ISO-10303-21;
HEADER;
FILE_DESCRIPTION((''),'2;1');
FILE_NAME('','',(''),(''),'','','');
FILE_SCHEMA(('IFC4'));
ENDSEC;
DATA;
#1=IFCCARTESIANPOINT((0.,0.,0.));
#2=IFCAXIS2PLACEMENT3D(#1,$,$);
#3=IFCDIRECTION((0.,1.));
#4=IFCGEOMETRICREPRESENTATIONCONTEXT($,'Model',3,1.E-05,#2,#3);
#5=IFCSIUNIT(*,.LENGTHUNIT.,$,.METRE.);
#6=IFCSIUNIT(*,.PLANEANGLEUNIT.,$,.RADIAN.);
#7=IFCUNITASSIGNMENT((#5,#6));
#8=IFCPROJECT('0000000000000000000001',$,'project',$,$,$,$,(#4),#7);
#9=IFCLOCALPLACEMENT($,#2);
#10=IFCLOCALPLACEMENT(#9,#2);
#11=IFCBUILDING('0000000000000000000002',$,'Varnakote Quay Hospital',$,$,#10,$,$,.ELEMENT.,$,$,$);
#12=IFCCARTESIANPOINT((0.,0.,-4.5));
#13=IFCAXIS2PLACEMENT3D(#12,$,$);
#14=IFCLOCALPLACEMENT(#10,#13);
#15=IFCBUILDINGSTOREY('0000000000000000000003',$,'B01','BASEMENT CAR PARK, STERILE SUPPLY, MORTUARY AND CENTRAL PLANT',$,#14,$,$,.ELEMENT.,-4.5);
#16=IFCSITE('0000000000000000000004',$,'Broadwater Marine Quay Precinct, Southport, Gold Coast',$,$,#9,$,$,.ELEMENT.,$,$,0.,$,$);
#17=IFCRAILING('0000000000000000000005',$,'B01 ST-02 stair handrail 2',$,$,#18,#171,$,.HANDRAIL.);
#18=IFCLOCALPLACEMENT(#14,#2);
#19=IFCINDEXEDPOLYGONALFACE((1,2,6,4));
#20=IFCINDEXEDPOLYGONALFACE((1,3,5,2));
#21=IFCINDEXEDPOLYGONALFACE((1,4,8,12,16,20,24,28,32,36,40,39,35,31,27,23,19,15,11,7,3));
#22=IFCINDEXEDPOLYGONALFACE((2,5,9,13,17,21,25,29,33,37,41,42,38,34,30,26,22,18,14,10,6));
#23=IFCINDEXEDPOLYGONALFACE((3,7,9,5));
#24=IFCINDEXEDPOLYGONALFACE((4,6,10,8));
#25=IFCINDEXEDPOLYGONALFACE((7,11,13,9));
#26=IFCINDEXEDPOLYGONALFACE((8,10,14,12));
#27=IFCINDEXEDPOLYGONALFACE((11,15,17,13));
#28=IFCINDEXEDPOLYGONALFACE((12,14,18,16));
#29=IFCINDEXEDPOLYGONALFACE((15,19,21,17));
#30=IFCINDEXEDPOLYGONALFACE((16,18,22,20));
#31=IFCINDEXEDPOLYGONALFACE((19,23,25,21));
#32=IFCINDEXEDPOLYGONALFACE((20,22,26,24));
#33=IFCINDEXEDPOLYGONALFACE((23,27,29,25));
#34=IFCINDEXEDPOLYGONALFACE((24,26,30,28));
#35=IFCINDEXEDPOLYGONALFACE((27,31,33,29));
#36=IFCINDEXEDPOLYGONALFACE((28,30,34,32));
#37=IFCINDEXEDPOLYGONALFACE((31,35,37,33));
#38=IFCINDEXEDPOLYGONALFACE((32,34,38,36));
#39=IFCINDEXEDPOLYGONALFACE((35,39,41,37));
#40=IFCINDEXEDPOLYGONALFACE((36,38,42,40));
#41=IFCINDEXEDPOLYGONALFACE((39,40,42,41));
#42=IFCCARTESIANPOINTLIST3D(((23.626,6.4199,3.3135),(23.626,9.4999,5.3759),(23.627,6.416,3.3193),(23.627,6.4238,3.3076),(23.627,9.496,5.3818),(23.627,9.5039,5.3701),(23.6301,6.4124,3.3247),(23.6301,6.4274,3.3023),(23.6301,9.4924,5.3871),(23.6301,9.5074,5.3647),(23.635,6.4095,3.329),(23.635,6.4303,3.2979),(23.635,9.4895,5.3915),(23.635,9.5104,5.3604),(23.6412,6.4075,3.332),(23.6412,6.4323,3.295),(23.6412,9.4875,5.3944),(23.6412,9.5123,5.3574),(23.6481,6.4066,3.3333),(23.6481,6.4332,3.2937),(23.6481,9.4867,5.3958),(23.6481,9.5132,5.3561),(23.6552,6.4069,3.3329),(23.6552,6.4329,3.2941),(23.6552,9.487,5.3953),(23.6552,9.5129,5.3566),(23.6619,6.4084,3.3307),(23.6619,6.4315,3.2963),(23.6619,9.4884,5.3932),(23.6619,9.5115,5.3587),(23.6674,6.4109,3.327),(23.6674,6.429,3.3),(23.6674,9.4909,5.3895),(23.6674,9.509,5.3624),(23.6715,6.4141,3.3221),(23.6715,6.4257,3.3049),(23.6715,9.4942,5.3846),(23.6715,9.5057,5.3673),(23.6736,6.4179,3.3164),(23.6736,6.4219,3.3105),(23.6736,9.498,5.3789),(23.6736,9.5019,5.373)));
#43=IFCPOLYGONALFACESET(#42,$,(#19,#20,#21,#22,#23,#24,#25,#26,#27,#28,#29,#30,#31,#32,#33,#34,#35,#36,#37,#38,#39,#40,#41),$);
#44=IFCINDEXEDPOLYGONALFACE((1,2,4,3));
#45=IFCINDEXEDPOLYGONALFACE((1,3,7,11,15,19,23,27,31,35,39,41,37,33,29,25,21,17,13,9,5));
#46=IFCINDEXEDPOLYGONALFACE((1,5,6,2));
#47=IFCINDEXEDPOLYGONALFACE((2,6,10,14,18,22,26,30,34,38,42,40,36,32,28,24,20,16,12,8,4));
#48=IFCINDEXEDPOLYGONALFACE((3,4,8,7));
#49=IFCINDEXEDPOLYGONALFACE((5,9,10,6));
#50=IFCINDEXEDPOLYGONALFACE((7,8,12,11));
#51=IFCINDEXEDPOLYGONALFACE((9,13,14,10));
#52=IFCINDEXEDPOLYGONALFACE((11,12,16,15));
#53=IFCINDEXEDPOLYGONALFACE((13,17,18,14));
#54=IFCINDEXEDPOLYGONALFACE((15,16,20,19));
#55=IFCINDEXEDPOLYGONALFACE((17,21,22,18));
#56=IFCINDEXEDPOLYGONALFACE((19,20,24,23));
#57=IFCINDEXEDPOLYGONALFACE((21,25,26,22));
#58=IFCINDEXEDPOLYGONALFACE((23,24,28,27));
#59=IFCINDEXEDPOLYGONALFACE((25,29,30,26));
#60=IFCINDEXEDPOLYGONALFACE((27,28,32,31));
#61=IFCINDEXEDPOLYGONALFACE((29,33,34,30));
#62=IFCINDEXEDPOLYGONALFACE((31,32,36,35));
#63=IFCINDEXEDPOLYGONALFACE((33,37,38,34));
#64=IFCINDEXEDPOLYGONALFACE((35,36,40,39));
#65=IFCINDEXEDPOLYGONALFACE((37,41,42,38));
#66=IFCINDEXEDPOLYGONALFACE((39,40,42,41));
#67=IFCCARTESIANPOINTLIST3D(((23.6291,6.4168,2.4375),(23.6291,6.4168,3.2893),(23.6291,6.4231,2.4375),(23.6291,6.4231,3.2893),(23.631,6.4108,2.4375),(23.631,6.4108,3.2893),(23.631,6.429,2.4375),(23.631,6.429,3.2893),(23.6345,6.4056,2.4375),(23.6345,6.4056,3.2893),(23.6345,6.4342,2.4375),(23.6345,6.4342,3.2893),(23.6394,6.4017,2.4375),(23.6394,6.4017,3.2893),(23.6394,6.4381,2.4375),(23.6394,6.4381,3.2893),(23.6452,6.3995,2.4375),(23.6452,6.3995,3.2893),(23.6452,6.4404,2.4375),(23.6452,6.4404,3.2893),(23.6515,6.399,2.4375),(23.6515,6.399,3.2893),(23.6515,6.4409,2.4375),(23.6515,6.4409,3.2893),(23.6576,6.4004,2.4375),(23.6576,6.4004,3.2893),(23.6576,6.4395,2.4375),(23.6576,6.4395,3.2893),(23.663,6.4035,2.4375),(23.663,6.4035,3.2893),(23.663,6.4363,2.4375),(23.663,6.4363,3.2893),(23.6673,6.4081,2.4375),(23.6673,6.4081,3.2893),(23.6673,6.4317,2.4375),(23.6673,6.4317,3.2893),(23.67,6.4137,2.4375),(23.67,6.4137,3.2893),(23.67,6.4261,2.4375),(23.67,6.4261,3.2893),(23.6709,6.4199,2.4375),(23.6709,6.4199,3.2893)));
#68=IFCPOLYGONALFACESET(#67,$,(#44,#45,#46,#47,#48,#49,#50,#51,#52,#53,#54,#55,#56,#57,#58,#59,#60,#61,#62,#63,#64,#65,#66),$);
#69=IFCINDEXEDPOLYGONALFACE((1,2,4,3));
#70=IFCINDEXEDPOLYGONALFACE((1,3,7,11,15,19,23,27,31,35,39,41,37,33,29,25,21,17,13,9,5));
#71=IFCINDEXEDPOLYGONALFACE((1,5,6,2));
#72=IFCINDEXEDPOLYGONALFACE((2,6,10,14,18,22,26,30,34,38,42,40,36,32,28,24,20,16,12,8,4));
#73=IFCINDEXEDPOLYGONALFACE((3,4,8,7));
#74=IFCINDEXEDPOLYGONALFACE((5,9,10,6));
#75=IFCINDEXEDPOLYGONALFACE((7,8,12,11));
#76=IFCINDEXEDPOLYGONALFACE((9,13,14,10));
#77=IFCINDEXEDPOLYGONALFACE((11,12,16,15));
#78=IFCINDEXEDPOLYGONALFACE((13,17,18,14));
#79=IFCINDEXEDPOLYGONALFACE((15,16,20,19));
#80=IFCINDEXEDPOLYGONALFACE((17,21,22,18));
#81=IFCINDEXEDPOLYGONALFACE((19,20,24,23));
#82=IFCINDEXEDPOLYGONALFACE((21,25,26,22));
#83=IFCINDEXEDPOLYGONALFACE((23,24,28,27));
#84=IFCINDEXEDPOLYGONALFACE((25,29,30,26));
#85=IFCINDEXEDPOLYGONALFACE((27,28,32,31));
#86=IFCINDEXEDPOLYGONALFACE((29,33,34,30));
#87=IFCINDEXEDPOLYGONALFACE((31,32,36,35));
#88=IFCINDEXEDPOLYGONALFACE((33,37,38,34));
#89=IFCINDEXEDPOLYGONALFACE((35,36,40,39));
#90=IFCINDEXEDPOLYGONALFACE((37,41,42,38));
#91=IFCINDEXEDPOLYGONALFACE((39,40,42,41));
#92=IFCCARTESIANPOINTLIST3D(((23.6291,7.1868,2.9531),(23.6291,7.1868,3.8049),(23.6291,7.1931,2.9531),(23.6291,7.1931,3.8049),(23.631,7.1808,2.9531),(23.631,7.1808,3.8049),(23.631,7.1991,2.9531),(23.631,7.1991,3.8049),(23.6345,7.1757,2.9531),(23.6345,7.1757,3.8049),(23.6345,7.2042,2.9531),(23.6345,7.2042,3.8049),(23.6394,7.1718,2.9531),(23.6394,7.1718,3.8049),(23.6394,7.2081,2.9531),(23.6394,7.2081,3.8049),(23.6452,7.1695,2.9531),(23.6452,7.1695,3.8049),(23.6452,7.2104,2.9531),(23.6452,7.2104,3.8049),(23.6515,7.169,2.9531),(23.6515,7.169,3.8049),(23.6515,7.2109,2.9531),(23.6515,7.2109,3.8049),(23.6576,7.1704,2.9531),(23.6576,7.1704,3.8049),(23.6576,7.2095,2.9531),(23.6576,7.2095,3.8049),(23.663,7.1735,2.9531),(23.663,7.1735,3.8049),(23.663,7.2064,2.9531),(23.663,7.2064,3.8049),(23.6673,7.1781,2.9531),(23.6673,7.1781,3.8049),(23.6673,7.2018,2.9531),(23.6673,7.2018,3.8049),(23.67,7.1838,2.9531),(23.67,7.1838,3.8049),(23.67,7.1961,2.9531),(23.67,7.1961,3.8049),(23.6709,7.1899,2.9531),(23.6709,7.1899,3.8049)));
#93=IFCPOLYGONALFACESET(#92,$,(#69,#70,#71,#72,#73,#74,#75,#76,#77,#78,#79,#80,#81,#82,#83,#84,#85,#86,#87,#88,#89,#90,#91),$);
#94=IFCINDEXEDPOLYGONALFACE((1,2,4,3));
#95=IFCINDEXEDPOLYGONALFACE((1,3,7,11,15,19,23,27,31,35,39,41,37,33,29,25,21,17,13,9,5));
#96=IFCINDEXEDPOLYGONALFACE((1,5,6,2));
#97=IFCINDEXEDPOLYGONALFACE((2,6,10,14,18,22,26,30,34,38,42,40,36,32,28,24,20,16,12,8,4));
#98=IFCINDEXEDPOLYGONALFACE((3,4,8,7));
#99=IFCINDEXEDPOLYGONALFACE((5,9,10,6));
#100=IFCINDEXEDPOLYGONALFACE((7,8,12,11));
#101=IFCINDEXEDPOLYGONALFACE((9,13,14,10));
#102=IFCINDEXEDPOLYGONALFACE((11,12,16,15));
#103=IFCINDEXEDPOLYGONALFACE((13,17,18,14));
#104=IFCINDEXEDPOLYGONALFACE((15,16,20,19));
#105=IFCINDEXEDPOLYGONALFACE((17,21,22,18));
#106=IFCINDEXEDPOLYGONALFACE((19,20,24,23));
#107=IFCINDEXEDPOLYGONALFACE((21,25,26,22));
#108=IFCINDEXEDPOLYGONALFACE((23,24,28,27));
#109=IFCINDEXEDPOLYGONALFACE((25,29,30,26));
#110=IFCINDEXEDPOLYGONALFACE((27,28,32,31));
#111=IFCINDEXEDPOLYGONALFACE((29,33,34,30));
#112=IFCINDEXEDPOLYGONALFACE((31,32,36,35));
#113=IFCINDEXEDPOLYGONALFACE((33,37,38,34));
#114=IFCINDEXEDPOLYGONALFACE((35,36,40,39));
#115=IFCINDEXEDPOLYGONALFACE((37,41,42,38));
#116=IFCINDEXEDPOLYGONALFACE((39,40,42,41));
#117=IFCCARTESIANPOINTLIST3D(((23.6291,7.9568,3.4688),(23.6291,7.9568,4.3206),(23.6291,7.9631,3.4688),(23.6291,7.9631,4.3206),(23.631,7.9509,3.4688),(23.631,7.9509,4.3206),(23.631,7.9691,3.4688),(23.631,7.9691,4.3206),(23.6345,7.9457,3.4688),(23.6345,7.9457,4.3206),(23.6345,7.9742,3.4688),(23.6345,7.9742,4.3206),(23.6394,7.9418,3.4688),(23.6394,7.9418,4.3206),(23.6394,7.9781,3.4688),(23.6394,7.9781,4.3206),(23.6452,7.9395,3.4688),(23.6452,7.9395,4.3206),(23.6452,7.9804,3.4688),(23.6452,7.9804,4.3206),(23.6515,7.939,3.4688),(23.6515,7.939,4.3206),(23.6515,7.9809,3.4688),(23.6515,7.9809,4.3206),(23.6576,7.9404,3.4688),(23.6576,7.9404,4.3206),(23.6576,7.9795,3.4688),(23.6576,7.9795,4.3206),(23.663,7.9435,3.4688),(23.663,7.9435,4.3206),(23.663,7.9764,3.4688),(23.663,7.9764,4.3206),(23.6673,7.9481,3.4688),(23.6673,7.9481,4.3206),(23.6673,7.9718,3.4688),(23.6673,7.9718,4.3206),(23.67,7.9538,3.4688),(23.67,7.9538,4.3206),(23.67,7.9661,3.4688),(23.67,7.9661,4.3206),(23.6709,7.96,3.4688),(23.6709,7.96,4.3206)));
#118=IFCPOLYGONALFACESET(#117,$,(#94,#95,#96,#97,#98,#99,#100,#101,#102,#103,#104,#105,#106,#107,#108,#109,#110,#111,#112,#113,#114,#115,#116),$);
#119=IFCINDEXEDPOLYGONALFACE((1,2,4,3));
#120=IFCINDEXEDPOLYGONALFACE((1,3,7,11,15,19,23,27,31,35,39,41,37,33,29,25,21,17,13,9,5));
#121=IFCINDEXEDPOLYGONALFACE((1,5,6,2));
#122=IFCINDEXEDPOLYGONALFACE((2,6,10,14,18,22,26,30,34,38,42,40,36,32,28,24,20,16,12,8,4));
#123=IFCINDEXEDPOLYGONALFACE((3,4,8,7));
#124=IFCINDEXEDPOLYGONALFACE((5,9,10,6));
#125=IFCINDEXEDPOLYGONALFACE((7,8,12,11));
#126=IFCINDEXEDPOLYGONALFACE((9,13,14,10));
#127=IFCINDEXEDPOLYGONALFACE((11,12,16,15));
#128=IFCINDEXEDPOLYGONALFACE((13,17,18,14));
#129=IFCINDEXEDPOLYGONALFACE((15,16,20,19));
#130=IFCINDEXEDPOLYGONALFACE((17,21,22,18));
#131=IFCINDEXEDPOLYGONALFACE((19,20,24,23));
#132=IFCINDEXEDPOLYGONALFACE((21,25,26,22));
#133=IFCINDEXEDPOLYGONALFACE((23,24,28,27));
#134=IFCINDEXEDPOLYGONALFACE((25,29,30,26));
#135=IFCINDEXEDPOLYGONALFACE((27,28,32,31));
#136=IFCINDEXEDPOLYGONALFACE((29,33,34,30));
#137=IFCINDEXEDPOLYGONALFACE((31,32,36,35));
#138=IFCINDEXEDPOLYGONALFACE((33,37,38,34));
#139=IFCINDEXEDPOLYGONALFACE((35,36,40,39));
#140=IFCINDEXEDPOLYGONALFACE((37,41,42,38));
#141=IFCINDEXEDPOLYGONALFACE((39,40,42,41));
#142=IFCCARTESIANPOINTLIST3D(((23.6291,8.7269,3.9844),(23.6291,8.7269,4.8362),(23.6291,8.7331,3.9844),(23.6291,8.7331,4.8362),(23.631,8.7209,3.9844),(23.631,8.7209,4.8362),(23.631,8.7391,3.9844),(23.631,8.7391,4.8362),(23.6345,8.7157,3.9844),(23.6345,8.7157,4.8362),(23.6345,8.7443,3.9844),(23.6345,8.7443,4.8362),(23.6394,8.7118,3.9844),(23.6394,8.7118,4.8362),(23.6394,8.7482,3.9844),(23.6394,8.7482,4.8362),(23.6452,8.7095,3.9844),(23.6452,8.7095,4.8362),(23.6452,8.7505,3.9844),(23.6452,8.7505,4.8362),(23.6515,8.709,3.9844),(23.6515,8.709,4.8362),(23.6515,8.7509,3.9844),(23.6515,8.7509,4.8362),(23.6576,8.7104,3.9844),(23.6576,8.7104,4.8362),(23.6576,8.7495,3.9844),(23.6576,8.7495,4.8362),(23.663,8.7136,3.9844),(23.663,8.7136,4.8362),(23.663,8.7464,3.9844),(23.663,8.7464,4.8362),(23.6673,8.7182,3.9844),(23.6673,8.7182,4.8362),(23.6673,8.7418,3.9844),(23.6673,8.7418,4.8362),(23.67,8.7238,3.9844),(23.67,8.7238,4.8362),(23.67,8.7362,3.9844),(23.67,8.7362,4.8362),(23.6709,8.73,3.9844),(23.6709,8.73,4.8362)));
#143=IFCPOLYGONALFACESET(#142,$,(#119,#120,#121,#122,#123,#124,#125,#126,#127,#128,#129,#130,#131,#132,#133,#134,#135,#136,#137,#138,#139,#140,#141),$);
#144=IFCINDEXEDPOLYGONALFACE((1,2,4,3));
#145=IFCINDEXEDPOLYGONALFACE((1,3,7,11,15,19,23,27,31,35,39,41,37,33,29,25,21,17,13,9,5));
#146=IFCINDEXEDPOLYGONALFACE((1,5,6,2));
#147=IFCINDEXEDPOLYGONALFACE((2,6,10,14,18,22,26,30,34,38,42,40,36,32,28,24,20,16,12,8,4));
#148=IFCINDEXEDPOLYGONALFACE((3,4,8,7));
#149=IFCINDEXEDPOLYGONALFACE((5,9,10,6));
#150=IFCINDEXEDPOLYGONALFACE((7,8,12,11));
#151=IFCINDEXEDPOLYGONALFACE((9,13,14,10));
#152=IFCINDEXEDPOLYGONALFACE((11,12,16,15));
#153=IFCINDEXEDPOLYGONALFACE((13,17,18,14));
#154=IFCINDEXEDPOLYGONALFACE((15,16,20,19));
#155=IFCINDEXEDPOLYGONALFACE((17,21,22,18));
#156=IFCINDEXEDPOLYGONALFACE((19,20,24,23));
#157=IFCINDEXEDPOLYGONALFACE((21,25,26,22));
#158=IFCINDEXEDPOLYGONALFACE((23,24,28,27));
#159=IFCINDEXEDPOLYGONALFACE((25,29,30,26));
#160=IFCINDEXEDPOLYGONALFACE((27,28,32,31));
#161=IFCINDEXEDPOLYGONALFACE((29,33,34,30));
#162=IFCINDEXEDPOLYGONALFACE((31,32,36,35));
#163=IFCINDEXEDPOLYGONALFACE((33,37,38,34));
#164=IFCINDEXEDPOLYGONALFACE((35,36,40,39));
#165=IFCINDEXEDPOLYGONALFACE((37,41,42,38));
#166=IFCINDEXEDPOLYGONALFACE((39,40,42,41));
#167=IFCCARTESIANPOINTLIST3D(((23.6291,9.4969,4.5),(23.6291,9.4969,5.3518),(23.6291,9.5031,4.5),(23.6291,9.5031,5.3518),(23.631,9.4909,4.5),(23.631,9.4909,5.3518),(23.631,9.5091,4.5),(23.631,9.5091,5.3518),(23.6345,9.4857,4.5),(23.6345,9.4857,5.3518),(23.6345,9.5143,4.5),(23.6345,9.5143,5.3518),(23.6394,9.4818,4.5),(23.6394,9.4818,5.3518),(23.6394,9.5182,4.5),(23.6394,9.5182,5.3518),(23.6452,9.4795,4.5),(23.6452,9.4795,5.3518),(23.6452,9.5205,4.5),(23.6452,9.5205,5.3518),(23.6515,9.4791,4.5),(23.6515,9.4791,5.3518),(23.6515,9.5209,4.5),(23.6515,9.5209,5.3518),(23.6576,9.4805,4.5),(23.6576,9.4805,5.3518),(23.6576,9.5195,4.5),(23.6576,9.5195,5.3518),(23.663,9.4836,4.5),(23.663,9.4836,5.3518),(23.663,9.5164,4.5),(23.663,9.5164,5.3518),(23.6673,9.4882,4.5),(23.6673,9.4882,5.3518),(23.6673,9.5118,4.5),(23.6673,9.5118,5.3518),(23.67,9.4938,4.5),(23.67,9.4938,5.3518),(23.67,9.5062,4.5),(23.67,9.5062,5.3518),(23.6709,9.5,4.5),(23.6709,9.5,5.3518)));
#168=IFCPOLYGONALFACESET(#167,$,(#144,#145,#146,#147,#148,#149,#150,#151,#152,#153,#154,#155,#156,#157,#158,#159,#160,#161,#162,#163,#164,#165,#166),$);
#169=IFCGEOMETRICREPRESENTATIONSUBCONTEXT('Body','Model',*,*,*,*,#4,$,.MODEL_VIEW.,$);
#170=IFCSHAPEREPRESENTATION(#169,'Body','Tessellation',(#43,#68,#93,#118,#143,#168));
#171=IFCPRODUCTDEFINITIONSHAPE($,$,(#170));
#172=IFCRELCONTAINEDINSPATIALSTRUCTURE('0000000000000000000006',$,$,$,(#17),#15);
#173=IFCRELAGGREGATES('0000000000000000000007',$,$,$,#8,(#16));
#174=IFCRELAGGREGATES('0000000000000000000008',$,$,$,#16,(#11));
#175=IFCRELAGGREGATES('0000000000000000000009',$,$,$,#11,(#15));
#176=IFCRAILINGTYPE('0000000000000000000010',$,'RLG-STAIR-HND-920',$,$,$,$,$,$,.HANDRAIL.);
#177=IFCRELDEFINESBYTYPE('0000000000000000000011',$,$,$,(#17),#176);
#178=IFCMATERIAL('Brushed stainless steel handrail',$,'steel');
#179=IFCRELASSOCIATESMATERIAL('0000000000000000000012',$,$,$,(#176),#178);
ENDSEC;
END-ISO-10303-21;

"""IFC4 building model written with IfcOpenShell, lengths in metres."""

from ifc_helpers import new_model, si_unit, direction, frame, origin, origin_2d, place, context, subcontext, project, spatial, circle, extrude, material, type_object, element, save


model = new_model("IFC4")

# Units and contexts
model_context = context("Model", 3, precision=1e-05, world=origin(), true_north=direction((0.0, 1.0)))
body_context = subcontext(model_context, "Body", "Model", "MODEL_VIEW")
ifc_project = project(units=[si_unit("LENGTHUNIT", "METRE"), si_unit("PLANEANGLEUNIT", "RADIAN")], contexts=[model_context])

# Site, building, storey
site_placement = place(None, origin())
site = spatial("IfcSite", under=ifc_project, at=site_placement, Name="Broadwater Marine Quay Precinct, Southport, Gold Coast", CompositionType="ELEMENT", RefElevation=0.0)
building_placement = place(site_placement, origin())
building = spatial("IfcBuilding", under=site, at=building_placement, Name="Varnakote Quay Hospital", CompositionType="ELEMENT")
storey_placement = place(building_placement, frame((0.0, 0.0, -4.5)))
storey = spatial("IfcBuildingStorey", under=building, at=storey_placement, Name="B01", Description="BASEMENT CAR PARK, STERILE SUPPLY, MORTUARY AND CENTRAL PLANT", CompositionType="ELEMENT", Elevation=-4.5)

# Railing
ifc_material_1 = material(Name="Brushed stainless steel handrail", Category="steel")
railing_type = type_object("IfcRailingType", Name="RLG-STAIR-HND-920", PredefinedType="HANDRAIL", material=ifc_material_1)
railing_placement = place(storey_placement, frame((23.6499, 6.4199, 2.4375)))
element("IfcRailing", 1, at=railing_placement, inside=storey, type_object=railing_type, Name="B01 ST-02 stair handrail 2", PredefinedType="HANDRAIL", context=body_context, shape_type="SweptSolid", body=[
    extrude(circle(Radius=0.0239, at=origin_2d()), frame((0.0, 0.0, 0.876), z_axis=(0.0, 0.830914, 0.556401), x_axis=(-1.0, 0.0, 0.0)), (0.0, 0.0, 1.0), 3.7068),
    extrude(circle(Radius=0.021, at=origin_2d()), origin(), (0.0, 0.0, 1.0), 0.8518),
    extrude(circle(Radius=0.021, at=origin_2d()), frame((0.0, 0.77, 0.5156)), (0.0, 0.0, 1.0), 0.8518),
    extrude(circle(Radius=0.021, at=origin_2d()), frame((0.0, 1.54, 1.0312)), (0.0, 0.0, 1.0), 0.8518),
    extrude(circle(Radius=0.021, at=origin_2d()), frame((0.0, 2.3101, 1.5469)), (0.0, 0.0, 1.0), 0.8518),
    extrude(circle(Radius=0.021, at=origin_2d()), frame((0.0, 3.0801, 2.0625)), (0.0, 0.0, 1.0), 0.8518),
])

save(model, "model.ifc")
